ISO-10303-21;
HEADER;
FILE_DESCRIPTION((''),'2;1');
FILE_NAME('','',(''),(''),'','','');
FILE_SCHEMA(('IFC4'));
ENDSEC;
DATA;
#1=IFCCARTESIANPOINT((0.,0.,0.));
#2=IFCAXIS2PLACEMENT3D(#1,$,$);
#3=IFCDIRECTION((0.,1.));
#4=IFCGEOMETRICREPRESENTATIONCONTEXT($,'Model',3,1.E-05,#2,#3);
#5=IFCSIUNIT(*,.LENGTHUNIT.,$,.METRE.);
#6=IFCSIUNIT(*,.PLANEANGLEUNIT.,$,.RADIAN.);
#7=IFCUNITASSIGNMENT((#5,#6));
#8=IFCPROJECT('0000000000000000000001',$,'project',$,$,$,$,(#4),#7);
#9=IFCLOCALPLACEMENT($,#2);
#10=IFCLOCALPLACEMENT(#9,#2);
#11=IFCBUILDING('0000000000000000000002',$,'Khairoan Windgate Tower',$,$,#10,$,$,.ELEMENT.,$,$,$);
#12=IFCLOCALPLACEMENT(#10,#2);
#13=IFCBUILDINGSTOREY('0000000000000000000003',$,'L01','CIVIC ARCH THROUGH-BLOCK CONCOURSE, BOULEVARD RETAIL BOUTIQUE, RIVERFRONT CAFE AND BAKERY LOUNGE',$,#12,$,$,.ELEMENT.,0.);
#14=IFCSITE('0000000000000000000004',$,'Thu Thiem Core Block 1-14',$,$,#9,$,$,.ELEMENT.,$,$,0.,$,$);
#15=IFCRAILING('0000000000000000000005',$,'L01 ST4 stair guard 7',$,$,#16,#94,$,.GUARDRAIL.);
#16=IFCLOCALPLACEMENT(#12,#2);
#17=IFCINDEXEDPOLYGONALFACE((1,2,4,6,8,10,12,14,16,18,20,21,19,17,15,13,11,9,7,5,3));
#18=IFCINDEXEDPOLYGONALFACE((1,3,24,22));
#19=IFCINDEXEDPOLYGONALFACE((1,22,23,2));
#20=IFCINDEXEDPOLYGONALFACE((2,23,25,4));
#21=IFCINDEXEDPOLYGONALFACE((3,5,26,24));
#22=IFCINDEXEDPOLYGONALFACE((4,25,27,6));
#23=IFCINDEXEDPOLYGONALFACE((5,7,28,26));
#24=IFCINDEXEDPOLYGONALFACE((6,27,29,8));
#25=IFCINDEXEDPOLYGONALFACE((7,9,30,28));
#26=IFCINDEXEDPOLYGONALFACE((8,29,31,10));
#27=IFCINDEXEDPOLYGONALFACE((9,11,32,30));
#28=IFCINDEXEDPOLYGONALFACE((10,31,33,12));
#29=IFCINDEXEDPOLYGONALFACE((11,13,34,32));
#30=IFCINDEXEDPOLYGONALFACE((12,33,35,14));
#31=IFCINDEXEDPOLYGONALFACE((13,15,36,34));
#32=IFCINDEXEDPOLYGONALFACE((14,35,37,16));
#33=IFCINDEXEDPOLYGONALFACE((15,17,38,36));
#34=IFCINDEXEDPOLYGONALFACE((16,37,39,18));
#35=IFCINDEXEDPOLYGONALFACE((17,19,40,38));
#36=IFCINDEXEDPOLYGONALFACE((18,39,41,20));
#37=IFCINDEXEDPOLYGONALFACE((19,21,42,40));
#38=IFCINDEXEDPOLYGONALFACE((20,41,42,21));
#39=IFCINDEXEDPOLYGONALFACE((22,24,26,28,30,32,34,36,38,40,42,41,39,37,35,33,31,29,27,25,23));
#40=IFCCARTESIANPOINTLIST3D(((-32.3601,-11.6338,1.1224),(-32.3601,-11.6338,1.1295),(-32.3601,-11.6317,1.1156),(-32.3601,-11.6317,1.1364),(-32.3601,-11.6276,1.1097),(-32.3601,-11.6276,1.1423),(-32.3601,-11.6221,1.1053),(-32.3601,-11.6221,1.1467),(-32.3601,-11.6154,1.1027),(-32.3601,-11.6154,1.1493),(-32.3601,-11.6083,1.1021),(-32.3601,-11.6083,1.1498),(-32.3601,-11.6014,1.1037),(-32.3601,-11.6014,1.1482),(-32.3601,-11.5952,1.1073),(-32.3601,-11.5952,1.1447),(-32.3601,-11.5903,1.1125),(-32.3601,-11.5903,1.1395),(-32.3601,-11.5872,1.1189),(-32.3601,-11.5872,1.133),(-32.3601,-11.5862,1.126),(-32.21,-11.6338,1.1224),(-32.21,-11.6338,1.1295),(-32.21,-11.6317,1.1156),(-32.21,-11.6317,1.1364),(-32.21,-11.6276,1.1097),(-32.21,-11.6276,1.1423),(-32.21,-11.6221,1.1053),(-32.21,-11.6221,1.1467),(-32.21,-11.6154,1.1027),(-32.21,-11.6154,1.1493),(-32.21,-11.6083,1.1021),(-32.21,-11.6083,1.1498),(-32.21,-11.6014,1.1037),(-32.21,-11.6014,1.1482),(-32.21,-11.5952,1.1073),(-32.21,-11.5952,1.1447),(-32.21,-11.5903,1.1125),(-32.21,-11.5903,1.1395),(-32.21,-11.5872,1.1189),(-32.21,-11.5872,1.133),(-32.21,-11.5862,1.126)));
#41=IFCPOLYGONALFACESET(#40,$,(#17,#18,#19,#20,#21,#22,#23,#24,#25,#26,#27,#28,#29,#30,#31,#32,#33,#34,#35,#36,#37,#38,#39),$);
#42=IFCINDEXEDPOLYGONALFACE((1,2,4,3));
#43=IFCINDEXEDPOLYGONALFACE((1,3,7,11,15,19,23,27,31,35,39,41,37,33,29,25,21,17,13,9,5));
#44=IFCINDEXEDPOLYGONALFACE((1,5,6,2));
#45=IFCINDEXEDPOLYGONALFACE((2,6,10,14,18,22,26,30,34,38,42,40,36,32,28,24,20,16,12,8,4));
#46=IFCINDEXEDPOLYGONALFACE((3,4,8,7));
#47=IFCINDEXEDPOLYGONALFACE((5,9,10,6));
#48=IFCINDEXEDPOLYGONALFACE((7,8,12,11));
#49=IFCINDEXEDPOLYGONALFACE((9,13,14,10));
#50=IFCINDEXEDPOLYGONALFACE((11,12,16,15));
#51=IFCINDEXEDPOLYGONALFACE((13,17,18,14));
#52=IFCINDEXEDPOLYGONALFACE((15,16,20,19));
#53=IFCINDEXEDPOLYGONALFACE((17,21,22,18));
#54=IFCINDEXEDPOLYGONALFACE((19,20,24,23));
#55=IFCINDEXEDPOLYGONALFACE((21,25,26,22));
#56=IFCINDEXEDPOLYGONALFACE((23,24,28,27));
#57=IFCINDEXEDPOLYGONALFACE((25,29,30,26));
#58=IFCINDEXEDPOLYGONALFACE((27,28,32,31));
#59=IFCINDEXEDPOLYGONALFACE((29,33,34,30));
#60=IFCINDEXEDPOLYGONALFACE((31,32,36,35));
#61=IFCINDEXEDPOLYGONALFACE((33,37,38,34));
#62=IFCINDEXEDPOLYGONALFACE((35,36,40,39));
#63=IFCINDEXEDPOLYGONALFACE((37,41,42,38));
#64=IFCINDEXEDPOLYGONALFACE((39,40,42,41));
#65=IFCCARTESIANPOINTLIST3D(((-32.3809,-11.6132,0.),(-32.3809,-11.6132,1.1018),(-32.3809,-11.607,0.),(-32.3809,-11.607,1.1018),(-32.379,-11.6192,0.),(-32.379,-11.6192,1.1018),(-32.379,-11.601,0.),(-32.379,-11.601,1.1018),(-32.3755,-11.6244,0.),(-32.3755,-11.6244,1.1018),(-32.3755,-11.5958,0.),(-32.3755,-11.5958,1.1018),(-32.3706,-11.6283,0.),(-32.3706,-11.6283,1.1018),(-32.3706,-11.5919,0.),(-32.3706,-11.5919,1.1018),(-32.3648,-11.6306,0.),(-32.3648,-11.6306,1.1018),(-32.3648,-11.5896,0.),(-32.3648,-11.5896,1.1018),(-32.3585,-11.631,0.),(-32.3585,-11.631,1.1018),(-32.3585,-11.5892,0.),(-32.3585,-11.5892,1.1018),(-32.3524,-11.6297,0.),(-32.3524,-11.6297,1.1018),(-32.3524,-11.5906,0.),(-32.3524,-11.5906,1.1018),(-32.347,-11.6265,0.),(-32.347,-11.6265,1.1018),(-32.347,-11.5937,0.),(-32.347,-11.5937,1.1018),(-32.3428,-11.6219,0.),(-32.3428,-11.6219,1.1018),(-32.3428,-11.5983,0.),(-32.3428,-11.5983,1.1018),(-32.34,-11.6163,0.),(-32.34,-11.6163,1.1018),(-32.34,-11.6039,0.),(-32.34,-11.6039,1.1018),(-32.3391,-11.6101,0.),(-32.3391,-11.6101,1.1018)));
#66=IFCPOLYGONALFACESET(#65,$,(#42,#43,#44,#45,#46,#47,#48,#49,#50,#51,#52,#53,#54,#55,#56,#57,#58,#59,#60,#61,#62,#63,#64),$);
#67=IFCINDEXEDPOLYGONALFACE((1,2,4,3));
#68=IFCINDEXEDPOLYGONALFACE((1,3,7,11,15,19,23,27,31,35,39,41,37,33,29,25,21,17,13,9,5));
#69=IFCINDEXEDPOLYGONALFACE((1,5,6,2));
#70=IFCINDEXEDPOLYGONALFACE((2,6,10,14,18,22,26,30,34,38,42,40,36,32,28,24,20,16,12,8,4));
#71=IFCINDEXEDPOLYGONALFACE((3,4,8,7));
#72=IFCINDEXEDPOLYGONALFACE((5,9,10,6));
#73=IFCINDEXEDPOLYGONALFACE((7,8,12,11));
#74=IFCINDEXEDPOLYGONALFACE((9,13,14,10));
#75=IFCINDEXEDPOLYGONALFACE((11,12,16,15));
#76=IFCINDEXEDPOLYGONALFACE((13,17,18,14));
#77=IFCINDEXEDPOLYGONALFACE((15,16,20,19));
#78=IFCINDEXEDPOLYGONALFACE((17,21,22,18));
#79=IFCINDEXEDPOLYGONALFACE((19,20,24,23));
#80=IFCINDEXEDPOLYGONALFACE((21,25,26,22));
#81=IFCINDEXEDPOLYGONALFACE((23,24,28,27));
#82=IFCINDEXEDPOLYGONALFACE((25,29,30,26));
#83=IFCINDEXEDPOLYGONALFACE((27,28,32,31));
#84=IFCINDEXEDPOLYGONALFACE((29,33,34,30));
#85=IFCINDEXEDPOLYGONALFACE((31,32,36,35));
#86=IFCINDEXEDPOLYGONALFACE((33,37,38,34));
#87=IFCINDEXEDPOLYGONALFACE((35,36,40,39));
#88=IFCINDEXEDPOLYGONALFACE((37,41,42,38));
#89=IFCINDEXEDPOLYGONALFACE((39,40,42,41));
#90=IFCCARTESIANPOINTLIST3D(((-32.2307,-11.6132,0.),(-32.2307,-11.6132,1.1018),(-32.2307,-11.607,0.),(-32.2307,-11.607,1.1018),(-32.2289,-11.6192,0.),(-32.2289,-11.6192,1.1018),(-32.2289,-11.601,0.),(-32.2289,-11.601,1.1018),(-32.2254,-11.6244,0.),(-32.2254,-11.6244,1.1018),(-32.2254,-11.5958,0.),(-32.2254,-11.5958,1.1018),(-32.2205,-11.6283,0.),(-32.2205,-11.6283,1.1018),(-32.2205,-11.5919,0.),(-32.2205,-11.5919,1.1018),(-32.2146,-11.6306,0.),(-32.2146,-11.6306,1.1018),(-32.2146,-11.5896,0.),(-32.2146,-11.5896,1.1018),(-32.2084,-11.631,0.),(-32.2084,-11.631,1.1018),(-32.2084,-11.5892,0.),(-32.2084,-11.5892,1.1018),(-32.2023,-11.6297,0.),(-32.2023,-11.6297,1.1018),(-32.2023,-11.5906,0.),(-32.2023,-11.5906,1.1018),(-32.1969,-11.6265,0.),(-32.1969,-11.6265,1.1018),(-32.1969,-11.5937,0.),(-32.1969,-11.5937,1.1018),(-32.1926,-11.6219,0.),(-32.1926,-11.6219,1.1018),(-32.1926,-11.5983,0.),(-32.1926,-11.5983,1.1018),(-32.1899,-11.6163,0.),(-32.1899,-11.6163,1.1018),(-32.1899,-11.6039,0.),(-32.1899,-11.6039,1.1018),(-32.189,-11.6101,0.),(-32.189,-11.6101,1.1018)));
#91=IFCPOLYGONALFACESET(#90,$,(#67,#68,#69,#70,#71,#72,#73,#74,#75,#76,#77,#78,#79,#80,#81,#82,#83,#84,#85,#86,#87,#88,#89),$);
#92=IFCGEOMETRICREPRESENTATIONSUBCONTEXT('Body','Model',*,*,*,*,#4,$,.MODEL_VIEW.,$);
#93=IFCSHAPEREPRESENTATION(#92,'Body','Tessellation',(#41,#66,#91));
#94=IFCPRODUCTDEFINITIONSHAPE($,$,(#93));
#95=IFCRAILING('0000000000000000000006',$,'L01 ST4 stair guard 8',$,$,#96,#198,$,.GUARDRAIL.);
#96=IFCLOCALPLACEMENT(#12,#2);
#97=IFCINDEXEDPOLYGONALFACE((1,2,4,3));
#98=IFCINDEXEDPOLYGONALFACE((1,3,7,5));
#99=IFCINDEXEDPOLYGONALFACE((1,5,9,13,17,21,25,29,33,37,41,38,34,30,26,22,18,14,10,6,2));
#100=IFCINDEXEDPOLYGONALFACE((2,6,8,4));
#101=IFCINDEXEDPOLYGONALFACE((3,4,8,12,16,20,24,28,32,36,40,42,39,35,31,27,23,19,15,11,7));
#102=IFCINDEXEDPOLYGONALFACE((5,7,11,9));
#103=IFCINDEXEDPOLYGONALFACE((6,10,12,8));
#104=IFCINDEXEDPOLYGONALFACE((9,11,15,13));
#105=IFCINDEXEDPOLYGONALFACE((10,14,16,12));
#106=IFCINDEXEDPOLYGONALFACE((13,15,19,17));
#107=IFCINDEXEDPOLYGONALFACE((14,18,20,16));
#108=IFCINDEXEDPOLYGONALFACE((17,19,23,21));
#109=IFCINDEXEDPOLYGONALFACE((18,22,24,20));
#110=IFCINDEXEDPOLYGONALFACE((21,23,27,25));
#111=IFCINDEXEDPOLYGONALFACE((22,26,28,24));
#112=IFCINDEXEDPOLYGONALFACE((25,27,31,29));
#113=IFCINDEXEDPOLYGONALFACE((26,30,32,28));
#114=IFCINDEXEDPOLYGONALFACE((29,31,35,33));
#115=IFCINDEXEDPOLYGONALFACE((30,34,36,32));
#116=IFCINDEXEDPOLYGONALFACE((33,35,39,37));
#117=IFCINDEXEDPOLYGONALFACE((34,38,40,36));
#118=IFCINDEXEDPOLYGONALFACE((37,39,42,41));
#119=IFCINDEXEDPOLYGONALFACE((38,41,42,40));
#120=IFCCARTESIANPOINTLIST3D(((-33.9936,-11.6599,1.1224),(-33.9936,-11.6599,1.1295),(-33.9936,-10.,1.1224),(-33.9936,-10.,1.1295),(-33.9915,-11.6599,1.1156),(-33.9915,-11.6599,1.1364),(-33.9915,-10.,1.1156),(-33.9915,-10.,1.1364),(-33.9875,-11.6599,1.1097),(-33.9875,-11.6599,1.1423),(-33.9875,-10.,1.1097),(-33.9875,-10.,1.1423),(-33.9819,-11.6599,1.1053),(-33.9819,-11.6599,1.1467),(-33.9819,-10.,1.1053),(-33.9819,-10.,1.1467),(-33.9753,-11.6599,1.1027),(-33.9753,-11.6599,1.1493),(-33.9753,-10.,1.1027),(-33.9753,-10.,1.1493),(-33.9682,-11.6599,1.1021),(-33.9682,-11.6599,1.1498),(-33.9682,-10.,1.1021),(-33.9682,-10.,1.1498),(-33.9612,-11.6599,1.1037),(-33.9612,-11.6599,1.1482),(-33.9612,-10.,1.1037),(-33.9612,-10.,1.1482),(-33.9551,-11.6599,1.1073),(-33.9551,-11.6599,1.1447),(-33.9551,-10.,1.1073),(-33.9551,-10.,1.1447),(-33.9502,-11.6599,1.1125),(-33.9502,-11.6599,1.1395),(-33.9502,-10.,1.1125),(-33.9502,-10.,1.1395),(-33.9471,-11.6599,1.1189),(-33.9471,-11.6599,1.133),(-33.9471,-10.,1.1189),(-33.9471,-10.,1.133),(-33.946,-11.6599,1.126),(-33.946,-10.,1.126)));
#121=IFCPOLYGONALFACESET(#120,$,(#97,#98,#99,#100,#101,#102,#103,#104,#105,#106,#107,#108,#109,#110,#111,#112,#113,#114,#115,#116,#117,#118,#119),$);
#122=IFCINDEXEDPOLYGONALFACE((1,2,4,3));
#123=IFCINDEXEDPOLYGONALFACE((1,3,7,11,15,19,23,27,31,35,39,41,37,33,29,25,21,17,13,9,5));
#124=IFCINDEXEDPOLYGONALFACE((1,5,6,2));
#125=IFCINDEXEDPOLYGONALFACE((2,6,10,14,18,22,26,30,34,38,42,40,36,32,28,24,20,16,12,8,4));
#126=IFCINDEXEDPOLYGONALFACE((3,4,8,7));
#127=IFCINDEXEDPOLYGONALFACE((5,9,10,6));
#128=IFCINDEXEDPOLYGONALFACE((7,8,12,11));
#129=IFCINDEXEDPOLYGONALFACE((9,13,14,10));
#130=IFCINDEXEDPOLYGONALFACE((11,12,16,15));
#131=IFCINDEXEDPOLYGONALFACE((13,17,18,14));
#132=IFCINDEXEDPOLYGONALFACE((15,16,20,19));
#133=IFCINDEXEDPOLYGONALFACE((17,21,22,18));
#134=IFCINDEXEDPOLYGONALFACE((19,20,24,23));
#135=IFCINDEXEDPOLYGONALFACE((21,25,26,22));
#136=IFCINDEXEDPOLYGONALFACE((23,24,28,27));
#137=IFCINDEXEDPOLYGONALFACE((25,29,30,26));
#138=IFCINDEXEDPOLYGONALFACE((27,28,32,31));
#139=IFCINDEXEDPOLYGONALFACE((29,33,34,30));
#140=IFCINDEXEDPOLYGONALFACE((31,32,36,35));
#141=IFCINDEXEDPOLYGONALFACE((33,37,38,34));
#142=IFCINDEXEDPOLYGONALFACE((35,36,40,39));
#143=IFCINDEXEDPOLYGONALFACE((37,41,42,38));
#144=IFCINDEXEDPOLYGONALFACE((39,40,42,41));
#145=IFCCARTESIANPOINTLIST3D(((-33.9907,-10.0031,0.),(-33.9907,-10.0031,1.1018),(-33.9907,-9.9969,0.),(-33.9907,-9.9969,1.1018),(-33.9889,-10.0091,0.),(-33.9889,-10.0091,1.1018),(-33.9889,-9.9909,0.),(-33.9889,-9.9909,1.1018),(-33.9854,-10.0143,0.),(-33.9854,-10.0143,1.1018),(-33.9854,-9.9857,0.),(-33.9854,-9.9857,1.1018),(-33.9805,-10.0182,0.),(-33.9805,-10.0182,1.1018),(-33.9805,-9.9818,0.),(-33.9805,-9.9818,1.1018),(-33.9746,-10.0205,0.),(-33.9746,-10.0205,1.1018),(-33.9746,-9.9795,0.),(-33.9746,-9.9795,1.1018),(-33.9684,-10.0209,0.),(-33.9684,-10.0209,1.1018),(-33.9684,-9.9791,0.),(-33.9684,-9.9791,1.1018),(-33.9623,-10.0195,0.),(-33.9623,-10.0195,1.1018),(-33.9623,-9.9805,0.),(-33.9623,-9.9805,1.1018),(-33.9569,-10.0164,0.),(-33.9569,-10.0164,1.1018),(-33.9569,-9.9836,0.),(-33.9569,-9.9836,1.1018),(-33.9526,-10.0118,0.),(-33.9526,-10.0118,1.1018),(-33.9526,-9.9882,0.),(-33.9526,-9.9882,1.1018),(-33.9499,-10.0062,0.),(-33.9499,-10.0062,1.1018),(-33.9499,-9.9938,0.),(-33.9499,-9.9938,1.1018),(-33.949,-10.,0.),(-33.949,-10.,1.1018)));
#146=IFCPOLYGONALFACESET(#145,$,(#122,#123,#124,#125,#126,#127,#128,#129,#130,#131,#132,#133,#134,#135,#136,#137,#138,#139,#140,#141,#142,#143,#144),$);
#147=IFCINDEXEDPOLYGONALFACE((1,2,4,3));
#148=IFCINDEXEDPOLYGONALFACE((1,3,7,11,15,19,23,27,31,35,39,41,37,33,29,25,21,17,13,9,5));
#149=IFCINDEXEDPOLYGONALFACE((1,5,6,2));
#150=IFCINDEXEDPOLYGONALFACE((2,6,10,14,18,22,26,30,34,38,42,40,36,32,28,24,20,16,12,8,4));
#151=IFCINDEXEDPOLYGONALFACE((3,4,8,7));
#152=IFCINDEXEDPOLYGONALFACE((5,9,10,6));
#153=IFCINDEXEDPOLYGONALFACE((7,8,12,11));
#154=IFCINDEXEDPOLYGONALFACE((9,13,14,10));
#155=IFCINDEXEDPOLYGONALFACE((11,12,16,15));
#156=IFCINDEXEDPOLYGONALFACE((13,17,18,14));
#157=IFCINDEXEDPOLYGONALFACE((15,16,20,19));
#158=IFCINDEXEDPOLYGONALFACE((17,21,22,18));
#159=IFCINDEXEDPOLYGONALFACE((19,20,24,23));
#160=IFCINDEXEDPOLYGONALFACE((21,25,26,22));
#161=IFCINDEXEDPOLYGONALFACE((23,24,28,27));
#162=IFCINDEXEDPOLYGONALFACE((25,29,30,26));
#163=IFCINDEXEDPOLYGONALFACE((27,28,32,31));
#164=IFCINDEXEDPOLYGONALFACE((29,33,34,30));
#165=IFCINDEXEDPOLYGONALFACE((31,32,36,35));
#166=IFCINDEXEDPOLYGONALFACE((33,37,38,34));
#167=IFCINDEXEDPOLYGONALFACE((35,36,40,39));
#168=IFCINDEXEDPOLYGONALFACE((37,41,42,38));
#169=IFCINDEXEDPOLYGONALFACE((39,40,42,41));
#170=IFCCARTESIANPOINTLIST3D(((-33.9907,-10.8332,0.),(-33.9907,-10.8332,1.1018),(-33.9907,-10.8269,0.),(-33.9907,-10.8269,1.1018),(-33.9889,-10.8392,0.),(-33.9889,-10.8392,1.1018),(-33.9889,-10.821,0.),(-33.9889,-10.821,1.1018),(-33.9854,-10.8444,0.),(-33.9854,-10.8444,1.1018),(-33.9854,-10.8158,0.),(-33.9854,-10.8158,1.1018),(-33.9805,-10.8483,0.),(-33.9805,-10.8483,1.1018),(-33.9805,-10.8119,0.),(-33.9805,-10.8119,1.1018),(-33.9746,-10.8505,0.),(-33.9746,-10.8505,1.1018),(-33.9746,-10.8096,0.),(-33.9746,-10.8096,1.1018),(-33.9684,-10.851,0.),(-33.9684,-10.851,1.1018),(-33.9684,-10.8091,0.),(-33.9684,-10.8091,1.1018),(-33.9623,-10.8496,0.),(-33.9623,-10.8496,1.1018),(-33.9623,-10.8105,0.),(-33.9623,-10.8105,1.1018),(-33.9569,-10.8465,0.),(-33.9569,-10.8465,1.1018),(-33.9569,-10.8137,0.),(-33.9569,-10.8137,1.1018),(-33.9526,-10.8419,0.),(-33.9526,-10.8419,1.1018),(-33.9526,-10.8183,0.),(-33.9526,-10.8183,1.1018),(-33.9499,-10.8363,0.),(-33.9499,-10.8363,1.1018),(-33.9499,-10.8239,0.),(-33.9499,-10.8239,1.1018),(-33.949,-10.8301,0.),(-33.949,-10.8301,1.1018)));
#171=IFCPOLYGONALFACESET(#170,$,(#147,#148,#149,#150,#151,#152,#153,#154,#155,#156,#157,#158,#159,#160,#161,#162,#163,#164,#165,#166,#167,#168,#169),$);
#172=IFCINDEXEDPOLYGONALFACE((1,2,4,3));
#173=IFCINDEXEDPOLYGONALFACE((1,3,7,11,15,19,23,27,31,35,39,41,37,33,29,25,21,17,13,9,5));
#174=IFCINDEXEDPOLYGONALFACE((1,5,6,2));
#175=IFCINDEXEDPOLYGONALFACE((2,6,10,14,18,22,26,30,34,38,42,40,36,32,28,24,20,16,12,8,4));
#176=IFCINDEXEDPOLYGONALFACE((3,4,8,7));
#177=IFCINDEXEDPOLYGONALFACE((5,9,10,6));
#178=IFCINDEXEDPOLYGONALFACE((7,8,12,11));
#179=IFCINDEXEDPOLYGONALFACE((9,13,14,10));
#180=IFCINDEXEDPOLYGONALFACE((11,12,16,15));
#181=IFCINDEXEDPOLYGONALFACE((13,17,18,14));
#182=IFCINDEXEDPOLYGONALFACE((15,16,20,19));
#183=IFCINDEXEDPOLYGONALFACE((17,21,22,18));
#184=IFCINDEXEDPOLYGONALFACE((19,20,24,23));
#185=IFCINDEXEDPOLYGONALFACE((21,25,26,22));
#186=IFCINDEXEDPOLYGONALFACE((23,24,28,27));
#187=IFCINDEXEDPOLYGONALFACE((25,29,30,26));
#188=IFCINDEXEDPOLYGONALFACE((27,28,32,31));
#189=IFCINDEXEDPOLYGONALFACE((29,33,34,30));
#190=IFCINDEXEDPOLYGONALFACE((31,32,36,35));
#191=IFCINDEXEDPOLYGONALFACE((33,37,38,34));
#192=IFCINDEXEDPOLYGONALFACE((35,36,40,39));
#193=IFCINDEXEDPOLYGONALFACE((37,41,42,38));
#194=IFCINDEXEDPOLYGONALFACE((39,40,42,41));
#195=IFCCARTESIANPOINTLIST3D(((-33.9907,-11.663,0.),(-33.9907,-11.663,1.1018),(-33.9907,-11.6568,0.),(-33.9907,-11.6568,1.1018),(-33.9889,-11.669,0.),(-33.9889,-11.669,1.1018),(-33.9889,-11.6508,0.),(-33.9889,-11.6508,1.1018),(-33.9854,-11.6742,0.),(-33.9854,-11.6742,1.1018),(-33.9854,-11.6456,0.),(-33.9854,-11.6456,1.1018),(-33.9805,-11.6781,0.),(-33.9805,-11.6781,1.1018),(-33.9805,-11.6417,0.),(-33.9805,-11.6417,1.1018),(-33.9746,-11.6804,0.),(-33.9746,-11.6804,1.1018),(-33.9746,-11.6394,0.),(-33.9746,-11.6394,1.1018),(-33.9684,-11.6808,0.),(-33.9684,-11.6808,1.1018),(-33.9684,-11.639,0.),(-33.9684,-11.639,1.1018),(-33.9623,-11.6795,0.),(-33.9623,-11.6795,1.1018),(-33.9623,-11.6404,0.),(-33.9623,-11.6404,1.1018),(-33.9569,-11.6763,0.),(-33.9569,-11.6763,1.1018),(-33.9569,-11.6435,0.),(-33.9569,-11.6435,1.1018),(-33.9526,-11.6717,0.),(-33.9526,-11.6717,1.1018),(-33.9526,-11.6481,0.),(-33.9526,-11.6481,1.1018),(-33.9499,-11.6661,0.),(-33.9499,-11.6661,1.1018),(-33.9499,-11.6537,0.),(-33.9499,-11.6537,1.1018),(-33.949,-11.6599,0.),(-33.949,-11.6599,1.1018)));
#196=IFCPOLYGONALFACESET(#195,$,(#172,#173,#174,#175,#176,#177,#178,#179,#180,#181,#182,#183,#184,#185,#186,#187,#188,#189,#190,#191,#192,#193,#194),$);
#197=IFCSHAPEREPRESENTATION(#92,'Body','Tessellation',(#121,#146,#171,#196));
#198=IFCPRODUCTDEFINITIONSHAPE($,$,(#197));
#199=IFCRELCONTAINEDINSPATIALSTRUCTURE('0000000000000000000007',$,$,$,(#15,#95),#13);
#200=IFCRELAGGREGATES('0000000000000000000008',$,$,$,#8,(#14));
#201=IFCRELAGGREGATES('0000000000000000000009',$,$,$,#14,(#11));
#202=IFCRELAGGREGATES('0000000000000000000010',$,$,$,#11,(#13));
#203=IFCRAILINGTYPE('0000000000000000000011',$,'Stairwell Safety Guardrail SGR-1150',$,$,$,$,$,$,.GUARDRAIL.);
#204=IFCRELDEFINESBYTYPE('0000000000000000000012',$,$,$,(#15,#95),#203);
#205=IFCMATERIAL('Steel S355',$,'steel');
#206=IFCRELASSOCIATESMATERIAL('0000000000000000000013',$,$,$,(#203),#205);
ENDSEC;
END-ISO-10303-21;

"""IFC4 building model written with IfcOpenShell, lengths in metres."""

from ifc_helpers import new_model, si_unit, direction, frame, origin, origin_2d, place, context, subcontext, project, spatial, circle, extrude, material, type_object, element, save


model = new_model("IFC4")

# Units and contexts
model_context = context("Model", 3, precision=1e-05, world=origin(), true_north=direction((0.0, 1.0)))
body_context = subcontext(model_context, "Body", "Model", "MODEL_VIEW")
ifc_project = project(units=[si_unit("LENGTHUNIT", "METRE"), si_unit("PLANEANGLEUNIT", "RADIAN")], contexts=[model_context])

# Site, building, storey
site_placement = place(None, origin())
site = spatial("IfcSite", under=ifc_project, at=site_placement, Name="Thu Thiem Core Block 1-14", CompositionType="ELEMENT", RefElevation=0.0)
building_placement = place(site_placement, origin())
building = spatial("IfcBuilding", under=site, at=building_placement, Name="Khairoan Windgate Tower", CompositionType="ELEMENT")
storey_placement = place(building_placement, origin())
storey = spatial("IfcBuildingStorey", under=building, at=storey_placement, Name="L01", Description="CIVIC ARCH THROUGH-BLOCK CONCOURSE, BOULEVARD RETAIL BOUTIQUE, RIVERFRONT CAFE AND BAKERY LOUNGE", CompositionType="ELEMENT", Elevation=0.0)

# Railings
ifc_material_1 = material(Name="Steel S355", Category="steel")
railing_type_1 = type_object("IfcRailingType", Name="Stairwell Safety Guardrail SGR-1150", PredefinedType="GUARDRAIL", material=ifc_material_1)
railing_1_placement = place(storey_placement, frame((-32.3601, -11.6101, 0.0)))
element("IfcRailing", 1, at=railing_1_placement, inside=storey, type_object=railing_type_1, Name="L01 ST4 stair guard 7", PredefinedType="GUARDRAIL", context=body_context, shape_type="SweptSolid", body=[
    extrude(circle(Radius=0.0239, at=origin_2d()), frame((0.0, 0.0, 1.126), z_axis=(1.0, 0.0, 0.0), x_axis=(0.0, 1.0, 0.0)), (0.0, 0.0, 1.0), 0.1501),
    extrude(circle(Radius=0.021, at=origin_2d()), origin(), (0.0, 0.0, 1.0), 1.1018),
    extrude(circle(Radius=0.021, at=origin_2d()), frame((0.1501, 0.0, 0.0)), (0.0, 0.0, 1.0), 1.1018),
])
for number, where, name in (
    (2, (-33.97, -10.0, 0.0), "L01 ST4 stair guard 8"),
):
    element("IfcRailing", number, at=place(storey_placement, frame(where)), inside=storey, type_object=railing_type_1, Name=name, PredefinedType="GUARDRAIL", context=body_context, shape_type="SweptSolid", body=[
        extrude(circle(Radius=0.0239, at=origin_2d()), frame((0.0, 0.0, 1.126), z_axis=(0.0, -1.0, 0.0), x_axis=(1.0, 0.0, 0.0)), (0.0, 0.0, 1.0), 1.6599),
        extrude(circle(Radius=0.021, at=origin_2d()), origin(), (0.0, 0.0, 1.0), 1.1018),
        extrude(circle(Radius=0.021, at=origin_2d()), frame((0.0, -0.8301, 0.0)), (0.0, 0.0, 1.0), 1.1018),
        extrude(circle(Radius=0.021, at=origin_2d()), frame((0.0, -1.6599, 0.0)), (0.0, 0.0, 1.0), 1.1018),
    ])

save(model, "model.ifc")
